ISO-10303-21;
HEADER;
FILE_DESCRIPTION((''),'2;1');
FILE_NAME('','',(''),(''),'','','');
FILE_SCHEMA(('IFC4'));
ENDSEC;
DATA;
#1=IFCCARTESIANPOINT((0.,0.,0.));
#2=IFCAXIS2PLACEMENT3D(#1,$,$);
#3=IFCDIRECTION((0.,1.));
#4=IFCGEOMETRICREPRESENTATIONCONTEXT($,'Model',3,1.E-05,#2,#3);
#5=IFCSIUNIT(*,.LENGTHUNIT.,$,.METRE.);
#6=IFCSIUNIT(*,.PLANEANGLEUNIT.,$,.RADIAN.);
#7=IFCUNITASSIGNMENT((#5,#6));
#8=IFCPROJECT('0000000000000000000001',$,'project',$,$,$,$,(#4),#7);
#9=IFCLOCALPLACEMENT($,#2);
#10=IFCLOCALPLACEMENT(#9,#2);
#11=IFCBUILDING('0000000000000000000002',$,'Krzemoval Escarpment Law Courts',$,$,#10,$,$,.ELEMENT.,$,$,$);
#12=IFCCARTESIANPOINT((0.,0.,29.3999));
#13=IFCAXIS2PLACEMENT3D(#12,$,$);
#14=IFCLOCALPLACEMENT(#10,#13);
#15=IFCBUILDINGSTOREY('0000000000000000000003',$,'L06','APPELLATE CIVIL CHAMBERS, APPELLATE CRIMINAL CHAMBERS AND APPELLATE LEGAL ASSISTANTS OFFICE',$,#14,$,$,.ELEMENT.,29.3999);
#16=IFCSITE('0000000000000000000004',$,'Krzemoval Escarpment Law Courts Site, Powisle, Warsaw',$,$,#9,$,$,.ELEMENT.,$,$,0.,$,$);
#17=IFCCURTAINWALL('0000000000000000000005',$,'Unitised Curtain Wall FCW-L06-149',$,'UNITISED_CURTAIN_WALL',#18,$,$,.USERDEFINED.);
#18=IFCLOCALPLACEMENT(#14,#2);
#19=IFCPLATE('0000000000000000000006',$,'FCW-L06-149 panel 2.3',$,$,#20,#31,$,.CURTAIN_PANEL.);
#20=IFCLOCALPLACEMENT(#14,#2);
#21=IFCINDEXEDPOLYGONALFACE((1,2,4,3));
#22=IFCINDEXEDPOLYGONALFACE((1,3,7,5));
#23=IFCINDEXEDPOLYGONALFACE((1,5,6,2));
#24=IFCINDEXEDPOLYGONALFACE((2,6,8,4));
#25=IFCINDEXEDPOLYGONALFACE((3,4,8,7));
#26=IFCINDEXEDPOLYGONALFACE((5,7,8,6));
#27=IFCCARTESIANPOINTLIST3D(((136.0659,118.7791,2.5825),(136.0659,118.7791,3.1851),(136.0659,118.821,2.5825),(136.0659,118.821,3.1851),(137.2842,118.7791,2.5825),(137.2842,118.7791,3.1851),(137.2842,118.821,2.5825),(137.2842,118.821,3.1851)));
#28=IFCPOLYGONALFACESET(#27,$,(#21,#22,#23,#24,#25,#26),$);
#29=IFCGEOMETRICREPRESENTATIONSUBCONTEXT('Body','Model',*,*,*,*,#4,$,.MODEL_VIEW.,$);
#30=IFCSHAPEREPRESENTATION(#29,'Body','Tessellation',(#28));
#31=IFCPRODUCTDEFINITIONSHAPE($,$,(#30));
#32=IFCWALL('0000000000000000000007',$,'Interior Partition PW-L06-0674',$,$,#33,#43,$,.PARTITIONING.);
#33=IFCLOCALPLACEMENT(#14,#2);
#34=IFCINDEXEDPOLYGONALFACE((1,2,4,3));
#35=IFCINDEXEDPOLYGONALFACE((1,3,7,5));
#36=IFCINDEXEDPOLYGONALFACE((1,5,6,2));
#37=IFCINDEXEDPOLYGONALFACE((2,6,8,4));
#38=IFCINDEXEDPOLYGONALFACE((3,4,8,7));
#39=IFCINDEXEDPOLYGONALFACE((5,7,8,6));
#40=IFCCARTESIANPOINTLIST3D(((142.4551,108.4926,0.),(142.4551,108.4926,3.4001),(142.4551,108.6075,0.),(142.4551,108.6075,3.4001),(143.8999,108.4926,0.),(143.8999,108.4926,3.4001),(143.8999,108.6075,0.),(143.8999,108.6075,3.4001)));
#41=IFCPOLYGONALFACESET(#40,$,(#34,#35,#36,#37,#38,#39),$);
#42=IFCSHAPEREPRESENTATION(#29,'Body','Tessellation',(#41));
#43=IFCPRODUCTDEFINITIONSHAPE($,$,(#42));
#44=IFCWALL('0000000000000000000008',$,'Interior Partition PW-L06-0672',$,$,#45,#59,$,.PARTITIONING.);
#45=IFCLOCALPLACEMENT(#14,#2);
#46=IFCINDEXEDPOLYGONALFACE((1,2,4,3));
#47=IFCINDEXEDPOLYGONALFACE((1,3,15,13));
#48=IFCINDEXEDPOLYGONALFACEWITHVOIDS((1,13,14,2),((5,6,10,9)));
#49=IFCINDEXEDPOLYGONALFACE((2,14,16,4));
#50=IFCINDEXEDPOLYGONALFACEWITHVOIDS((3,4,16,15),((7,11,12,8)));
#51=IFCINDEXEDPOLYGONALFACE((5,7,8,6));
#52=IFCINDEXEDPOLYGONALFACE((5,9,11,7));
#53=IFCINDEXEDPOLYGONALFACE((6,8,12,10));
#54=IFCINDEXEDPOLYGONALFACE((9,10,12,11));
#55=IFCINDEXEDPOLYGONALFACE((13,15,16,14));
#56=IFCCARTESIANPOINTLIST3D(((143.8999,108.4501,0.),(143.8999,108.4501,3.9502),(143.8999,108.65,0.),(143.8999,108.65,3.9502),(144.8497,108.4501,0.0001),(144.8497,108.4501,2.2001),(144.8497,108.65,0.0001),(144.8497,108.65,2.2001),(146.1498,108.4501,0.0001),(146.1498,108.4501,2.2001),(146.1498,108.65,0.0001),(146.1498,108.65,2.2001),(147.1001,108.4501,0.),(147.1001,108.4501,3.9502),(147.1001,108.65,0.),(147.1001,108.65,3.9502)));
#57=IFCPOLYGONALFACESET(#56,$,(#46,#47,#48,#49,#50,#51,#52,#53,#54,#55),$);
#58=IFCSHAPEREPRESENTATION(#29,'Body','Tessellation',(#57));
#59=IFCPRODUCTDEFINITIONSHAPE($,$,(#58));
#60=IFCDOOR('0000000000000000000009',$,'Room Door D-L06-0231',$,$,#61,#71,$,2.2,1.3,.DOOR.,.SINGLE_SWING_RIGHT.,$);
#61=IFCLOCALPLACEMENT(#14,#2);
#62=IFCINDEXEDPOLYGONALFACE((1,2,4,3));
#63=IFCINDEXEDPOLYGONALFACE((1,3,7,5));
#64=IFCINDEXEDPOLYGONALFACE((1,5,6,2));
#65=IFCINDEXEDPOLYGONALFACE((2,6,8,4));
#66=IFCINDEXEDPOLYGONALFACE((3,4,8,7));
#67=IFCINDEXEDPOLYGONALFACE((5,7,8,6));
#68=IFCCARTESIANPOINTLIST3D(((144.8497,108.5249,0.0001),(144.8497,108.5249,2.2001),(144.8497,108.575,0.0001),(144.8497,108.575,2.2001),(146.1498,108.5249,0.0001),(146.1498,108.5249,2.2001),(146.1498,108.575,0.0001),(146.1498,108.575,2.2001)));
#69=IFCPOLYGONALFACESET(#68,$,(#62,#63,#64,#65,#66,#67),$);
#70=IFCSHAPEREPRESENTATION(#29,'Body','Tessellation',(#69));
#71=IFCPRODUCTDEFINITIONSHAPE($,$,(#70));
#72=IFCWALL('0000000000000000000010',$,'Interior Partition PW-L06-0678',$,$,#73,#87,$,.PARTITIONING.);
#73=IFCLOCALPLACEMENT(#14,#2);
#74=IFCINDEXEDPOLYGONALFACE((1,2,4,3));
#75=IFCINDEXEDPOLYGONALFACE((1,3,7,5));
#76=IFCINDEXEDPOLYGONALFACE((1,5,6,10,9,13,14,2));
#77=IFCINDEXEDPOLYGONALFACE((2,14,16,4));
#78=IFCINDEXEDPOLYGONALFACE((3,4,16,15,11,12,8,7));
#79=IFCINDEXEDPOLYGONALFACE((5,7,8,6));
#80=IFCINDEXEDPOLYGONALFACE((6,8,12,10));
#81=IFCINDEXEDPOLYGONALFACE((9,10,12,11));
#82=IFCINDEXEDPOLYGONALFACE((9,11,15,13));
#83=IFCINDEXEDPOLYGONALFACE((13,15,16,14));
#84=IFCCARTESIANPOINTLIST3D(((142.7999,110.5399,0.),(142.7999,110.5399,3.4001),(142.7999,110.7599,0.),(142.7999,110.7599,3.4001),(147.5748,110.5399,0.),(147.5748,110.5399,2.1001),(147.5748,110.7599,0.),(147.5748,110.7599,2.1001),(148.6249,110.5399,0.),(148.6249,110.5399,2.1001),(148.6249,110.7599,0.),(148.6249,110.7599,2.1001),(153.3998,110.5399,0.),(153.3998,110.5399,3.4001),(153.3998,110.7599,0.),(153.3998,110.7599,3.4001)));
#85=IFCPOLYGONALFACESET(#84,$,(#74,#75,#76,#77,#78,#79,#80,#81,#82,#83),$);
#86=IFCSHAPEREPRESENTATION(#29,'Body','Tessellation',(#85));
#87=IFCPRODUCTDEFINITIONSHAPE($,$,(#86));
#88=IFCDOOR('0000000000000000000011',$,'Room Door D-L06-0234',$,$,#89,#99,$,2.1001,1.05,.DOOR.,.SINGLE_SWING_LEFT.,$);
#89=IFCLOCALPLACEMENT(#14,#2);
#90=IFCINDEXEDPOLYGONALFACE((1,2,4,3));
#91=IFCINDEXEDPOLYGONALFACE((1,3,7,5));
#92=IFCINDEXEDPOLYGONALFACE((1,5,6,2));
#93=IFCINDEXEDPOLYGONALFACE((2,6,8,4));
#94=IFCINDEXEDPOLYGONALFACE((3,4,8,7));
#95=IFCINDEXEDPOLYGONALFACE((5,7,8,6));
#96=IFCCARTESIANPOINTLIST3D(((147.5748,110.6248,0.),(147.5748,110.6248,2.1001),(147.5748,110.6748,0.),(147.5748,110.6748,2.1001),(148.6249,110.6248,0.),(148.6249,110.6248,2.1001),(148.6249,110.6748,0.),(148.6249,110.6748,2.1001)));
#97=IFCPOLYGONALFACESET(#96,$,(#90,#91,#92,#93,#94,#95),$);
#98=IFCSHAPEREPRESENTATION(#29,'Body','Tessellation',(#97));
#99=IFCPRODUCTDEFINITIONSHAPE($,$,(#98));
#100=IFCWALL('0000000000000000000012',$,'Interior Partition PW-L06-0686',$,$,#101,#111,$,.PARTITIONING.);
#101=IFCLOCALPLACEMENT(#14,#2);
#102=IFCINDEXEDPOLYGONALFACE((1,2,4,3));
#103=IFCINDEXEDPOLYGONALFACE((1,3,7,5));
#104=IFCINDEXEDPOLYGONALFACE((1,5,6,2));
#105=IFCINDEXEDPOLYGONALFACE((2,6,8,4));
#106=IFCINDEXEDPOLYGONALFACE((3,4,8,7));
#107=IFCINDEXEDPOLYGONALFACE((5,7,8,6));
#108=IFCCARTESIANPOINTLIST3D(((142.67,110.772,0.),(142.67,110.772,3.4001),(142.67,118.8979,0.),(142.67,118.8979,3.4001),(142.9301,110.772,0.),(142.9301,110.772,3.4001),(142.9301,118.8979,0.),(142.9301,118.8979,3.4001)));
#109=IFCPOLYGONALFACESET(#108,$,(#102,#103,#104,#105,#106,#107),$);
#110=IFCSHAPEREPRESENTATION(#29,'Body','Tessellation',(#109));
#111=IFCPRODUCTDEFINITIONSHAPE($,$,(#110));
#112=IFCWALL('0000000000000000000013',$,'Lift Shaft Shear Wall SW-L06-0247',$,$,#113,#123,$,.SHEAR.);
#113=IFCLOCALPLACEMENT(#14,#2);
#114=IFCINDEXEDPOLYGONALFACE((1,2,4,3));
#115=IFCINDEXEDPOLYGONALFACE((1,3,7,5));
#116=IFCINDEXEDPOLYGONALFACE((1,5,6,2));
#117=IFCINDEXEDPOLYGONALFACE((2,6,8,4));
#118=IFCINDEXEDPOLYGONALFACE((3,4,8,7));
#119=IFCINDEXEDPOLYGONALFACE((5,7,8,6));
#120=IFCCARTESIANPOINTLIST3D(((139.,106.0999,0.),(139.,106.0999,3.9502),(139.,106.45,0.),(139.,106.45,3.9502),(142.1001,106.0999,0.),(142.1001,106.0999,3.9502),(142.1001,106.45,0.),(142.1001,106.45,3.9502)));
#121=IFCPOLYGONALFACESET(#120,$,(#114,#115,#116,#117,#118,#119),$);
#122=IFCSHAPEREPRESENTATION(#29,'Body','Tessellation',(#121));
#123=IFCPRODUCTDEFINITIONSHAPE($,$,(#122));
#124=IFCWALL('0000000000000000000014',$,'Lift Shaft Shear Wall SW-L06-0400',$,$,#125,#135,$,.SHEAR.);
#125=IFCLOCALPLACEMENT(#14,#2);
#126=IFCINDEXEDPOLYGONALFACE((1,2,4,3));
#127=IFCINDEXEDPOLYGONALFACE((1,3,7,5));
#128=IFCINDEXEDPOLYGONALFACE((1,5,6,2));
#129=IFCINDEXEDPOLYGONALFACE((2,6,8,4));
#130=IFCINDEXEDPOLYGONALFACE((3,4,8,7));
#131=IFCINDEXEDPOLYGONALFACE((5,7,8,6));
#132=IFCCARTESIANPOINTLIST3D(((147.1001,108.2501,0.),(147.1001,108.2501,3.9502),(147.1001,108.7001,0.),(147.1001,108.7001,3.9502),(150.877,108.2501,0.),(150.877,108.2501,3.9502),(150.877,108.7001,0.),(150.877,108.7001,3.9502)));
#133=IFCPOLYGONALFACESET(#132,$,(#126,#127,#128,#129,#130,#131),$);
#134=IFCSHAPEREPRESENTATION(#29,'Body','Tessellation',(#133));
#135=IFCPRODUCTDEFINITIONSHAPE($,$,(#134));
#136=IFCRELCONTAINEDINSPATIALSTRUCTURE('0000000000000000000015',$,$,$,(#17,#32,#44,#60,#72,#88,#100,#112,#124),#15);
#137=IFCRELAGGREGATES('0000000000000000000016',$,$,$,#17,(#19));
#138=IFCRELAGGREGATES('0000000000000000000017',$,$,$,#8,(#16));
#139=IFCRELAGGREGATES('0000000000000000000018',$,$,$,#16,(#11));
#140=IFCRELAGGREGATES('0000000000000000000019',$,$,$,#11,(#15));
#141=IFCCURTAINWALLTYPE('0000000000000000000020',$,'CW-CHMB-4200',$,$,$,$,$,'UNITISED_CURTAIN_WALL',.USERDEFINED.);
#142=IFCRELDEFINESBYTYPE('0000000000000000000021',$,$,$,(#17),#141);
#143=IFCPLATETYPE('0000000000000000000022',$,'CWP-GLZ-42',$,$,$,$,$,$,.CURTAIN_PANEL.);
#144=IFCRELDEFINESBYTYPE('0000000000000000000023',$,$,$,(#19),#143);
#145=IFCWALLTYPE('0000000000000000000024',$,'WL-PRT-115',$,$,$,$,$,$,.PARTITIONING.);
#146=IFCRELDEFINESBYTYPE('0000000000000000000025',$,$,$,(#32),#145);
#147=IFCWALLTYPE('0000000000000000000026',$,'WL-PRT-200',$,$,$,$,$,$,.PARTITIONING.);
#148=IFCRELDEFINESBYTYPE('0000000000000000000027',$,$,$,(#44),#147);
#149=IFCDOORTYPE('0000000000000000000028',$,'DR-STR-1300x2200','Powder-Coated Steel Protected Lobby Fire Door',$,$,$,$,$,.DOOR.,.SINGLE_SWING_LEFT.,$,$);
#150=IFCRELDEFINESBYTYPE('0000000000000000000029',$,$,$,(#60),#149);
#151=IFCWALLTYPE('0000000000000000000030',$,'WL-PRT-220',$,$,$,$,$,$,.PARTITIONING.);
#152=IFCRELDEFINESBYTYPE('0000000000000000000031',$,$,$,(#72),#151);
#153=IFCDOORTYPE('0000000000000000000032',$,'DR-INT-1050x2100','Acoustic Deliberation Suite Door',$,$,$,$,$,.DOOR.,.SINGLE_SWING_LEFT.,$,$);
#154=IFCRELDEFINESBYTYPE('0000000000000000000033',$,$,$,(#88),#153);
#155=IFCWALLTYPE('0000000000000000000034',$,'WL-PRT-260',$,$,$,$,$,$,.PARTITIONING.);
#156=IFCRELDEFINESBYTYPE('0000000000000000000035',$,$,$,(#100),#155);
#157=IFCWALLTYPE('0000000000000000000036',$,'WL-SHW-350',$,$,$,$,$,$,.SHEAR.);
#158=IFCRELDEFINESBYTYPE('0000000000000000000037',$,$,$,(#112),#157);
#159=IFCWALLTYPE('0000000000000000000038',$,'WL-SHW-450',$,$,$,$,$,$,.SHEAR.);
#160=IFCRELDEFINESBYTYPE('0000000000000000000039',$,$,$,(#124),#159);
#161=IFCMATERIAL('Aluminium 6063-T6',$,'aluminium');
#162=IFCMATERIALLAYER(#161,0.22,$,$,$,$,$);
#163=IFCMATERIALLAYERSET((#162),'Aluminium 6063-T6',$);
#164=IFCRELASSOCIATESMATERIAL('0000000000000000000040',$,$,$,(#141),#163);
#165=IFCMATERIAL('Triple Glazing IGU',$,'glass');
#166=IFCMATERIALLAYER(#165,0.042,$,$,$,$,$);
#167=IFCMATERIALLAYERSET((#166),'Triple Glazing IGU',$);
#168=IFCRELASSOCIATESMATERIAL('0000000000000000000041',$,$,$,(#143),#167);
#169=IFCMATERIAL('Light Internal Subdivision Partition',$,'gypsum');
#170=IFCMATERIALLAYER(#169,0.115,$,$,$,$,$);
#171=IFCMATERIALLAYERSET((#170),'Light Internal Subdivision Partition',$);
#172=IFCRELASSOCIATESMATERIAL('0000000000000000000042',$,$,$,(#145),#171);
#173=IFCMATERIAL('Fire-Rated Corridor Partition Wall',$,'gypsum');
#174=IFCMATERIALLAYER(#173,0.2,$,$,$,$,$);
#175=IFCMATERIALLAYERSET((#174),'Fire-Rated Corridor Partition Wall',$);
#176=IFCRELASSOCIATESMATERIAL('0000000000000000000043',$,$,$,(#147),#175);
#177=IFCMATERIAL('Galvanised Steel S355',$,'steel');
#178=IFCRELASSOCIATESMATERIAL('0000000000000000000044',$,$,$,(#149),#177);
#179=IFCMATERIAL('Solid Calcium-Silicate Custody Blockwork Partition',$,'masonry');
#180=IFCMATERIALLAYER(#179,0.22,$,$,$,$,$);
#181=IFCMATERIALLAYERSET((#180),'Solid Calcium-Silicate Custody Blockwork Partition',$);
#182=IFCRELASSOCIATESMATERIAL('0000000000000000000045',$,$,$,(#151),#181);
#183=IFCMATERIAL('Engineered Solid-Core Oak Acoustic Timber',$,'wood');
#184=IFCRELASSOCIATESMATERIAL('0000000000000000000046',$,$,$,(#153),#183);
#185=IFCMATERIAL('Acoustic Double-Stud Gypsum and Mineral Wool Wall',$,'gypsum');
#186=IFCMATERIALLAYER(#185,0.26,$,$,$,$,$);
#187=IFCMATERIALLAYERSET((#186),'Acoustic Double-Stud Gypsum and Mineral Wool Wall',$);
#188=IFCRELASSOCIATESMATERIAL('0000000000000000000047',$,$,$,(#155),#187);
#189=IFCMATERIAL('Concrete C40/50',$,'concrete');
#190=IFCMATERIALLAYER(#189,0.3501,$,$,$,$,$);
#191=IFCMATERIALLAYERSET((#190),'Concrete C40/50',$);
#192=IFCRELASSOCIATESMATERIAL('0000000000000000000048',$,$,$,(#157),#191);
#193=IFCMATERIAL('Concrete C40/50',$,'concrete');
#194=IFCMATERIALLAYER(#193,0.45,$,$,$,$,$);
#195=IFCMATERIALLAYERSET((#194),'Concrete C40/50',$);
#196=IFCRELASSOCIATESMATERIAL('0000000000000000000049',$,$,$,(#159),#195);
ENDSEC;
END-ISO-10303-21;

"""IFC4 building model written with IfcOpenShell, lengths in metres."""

from ifc_helpers import new_model, si_unit, direction, frame, frame_2d, origin, origin_2d, place, context, subcontext, project, spatial, rectangle, extrude, material, layer, layer_set, type_object, element, fill, aggregate, save


model = new_model("IFC4")

# Units and contexts
model_context = context("Model", 3, precision=1e-05, world=origin(), true_north=direction((0.0, 1.0)))
body_context = subcontext(model_context, "Body", "Model", "MODEL_VIEW")
ifc_project = project(units=[si_unit("LENGTHUNIT", "METRE"), si_unit("PLANEANGLEUNIT", "RADIAN")], contexts=[model_context])

# Site, building, storey
site_placement = place(None, origin())
site = spatial("IfcSite", under=ifc_project, at=site_placement, Name="Krzemoval Escarpment Law Courts Site, Powisle, Warsaw", CompositionType="ELEMENT", RefElevation=0.0)
building_placement = place(site_placement, origin())
building = spatial("IfcBuilding", under=site, at=building_placement, Name="Krzemoval Escarpment Law Courts", CompositionType="ELEMENT")
storey_placement = place(building_placement, frame((0.0, 0.0, 29.3999)))
storey = spatial("IfcBuildingStorey", under=building, at=storey_placement, Name="L06", Description="APPELLATE CIVIL CHAMBERS, APPELLATE CRIMINAL CHAMBERS AND APPELLATE LEGAL ASSISTANTS OFFICE", CompositionType="ELEMENT", Elevation=29.3999)

# Curtain wall, plate
ifc_material_1 = material(Name="Aluminium 6063-T6", Category="aluminium")
ifc_layer_1 = layer(ifc_material_1, 0.22)
ifc_layer_set_1 = layer_set([ifc_layer_1], Name="Aluminium 6063-T6")
curtain_wall_type = type_object("IfcCurtainWallType", Name="CW-CHMB-4200", ElementType="UNITISED_CURTAIN_WALL", PredefinedType="USERDEFINED", material=ifc_layer_set_1)
curtain_wall_placement = place(storey_placement, origin())
curtain_wall = element("IfcCurtainWall", 1, at=curtain_wall_placement, inside=storey, type_object=curtain_wall_type, Name="Unitised Curtain Wall FCW-L06-149", ObjectType="UNITISED_CURTAIN_WALL", PredefinedType="USERDEFINED")
ifc_material_2 = material(Name="Triple Glazing IGU", Category="glass")
ifc_layer_2 = layer(ifc_material_2, 0.042)
ifc_layer_set_2 = layer_set([ifc_layer_2], Name="Triple Glazing IGU")
plate_type = type_object("IfcPlateType", Name="CWP-GLZ-42", PredefinedType="CURTAIN_PANEL", material=ifc_layer_set_2)
plate_1_placement = place(storey_placement, frame((136.675, 118.8, 2.5825), z_axis=(0.0, 0.0, 1.0), x_axis=(1.0, 0.0, 0.0)))
plate_1 = element("IfcPlate", 2, at=plate_1_placement, type_object=plate_type, Name="FCW-L06-149 panel 2.3", PredefinedType="CURTAIN_PANEL", context=body_context, shape_type="SweptSolid", body=[
    extrude(rectangle(XDim=1.2183, YDim=0.042, at=origin_2d()), origin(), (0.0, 0.0, 1.0), 0.6025),
])
aggregate(curtain_wall, [plate_1])

# Wall
ifc_material_3 = material(Name="Light Internal Subdivision Partition", Category="gypsum")
ifc_layer_3 = layer(ifc_material_3, 0.115)
ifc_layer_set_3 = layer_set([ifc_layer_3], Name="Light Internal Subdivision Partition")
wall_type_1 = type_object("IfcWallType", Name="WL-PRT-115", PredefinedType="PARTITIONING", material=ifc_layer_set_3)
wall_1_placement = place(storey_placement, frame((142.4551, 108.55, 0.0), z_axis=(0.0, 0.0, 1.0), x_axis=(1.0, 0.0, 0.0)))
element("IfcWall", 3, at=wall_1_placement, inside=storey, type_object=wall_type_1, Name="Interior Partition PW-L06-0674", PredefinedType="PARTITIONING", context=body_context, shape_type="SweptSolid", body=[
    extrude(rectangle(XDim=1.4448, YDim=0.115, at=frame_2d((0.7224, 0.0))), origin(), (0.0, 0.0, 1.0), 3.4001),
])

# Walls, openings, doors
ifc_material_4 = material(Name="Fire-Rated Corridor Partition Wall", Category="gypsum")
ifc_layer_4 = layer(ifc_material_4, 0.2)
ifc_layer_set_4 = layer_set([ifc_layer_4], Name="Fire-Rated Corridor Partition Wall")
wall_type_2 = type_object("IfcWallType", Name="WL-PRT-200", PredefinedType="PARTITIONING", material=ifc_layer_set_4)
wall_2_placement = place(storey_placement, frame((143.8999, 108.55, 0.0), z_axis=(0.0, 0.0, 1.0), x_axis=(1.0, 0.0, 0.0)))
wall_2 = element("IfcWall", 4, at=wall_2_placement, inside=storey, type_object=wall_type_2, Name="Interior Partition PW-L06-0672", PredefinedType="PARTITIONING", context=body_context, shape_type="SweptSolid", body=[
    extrude(rectangle(XDim=3.2002, YDim=0.2, at=frame_2d((1.6001, 0.0))), origin(), (0.0, 0.0, 1.0), 3.9502),
])
opening_1_placement = place(wall_2_placement, frame((0.95, 0.0, 0.0)))
opening_1 = element("IfcOpeningElement", 5, at=opening_1_placement, cuts=wall_2, PredefinedType="OPENING", context=body_context, shape_type="SweptSolid", body=[
    extrude(rectangle(XDim=1.3, YDim=2.2, at=frame_2d((0.6499, 1.1001))), frame((0.0, 0.115, 0.0), z_axis=(0.0, -1.0, 0.0), x_axis=(1.0, 0.0, 0.0)), (0.0, 0.0, 1.0), 0.2299),
])
ifc_material_5 = material(Name="Galvanised Steel S355", Category="steel")
door_type_1 = type_object("IfcDoorType", Name="DR-STR-1300x2200", Description="Powder-Coated Steel Protected Lobby Fire Door", OperationType="SINGLE_SWING_LEFT", PredefinedType="DOOR", material=ifc_material_5)
door_1_placement = place(opening_1_placement, origin())
door_1 = element("IfcDoor", 6, at=door_1_placement, inside=storey, type_object=door_type_1, Name="Room Door D-L06-0231", OperationType="SINGLE_SWING_RIGHT", OverallHeight=2.2, OverallWidth=1.3, PredefinedType="DOOR", context=body_context, shape_type="SweptSolid", body=[
    extrude(rectangle(XDim=1.3, YDim=2.2, at=frame_2d((0.6499, 1.1001))), frame((0.0, 0.0249, 0.0), z_axis=(0.0, -1.0, 0.0), x_axis=(1.0, 0.0, 0.0)), (0.0, 0.0, 1.0), 0.05),
])
fill(opening_1, door_1)
ifc_material_6 = material(Name="Solid Calcium-Silicate Custody Blockwork Partition", Category="masonry")
ifc_layer_5 = layer(ifc_material_6, 0.22)
ifc_layer_set_5 = layer_set([ifc_layer_5], Name="Solid Calcium-Silicate Custody Blockwork Partition")
wall_type_3 = type_object("IfcWallType", Name="WL-PRT-220", PredefinedType="PARTITIONING", material=ifc_layer_set_5)
wall_3_placement = place(storey_placement, frame((142.8, 110.6499, 0.0), z_axis=(0.0, 0.0, 1.0), x_axis=(1.0, 0.0, 0.0)))
wall_3 = element("IfcWall", 7, at=wall_3_placement, inside=storey, type_object=wall_type_3, Name="Interior Partition PW-L06-0678", PredefinedType="PARTITIONING", context=body_context, shape_type="SweptSolid", body=[
    extrude(rectangle(XDim=10.5999, YDim=0.22, at=frame_2d((5.2998, 0.0))), origin(), (0.0, 0.0, 1.0), 3.4001),
])
opening_2_placement = place(wall_3_placement, frame((4.7749, 0.0, 0.0)))
opening_2 = element("IfcOpeningElement", 8, at=opening_2_placement, cuts=wall_3, PredefinedType="OPENING", context=body_context, shape_type="SweptSolid", body=[
    extrude(rectangle(XDim=1.05, YDim=2.1001, at=frame_2d((0.5249, 1.05))), frame((0.0, 0.125, 0.0), z_axis=(0.0, -1.0, 0.0), x_axis=(1.0, 0.0, 0.0)), (0.0, 0.0, 1.0), 0.25),
])
ifc_material_7 = material(Name="Engineered Solid-Core Oak Acoustic Timber", Category="wood")
door_type_2 = type_object("IfcDoorType", Name="DR-INT-1050x2100", Description="Acoustic Deliberation Suite Door", OperationType="SINGLE_SWING_LEFT", PredefinedType="DOOR", material=ifc_material_7)
door_2_placement = place(opening_2_placement, origin())
door_2 = element("IfcDoor", 9, at=door_2_placement, inside=storey, type_object=door_type_2, Name="Room Door D-L06-0234", OperationType="SINGLE_SWING_LEFT", OverallHeight=2.1001, OverallWidth=1.05, PredefinedType="DOOR", context=body_context, shape_type="SweptSolid", body=[
    extrude(rectangle(XDim=1.05, YDim=2.1001, at=frame_2d((0.5249, 1.05))), frame((0.0, 0.0249, 0.0), z_axis=(0.0, -1.0, 0.0), x_axis=(1.0, 0.0, 0.0)), (0.0, 0.0, 1.0), 0.05),
])
fill(opening_2, door_2)

# Walls
ifc_material_8 = material(Name="Acoustic Double-Stud Gypsum and Mineral Wool Wall", Category="gypsum")
ifc_layer_6 = layer(ifc_material_8, 0.26)
ifc_layer_set_6 = layer_set([ifc_layer_6], Name="Acoustic Double-Stud Gypsum and Mineral Wool Wall")
wall_type_4 = type_object("IfcWallType", Name="WL-PRT-260", PredefinedType="PARTITIONING", material=ifc_layer_set_6)
wall_4_placement = place(storey_placement, frame((142.8, 110.772, 0.0), z_axis=(0.0, 0.0, 1.0), x_axis=(0.0, 1.0, 0.0)))
element("IfcWall", 10, at=wall_4_placement, inside=storey, type_object=wall_type_4, Name="Interior Partition PW-L06-0686", PredefinedType="PARTITIONING", context=body_context, shape_type="SweptSolid", body=[
    extrude(rectangle(XDim=8.126, YDim=0.26, at=frame_2d((4.063, 0.0))), origin(), (0.0, 0.0, 1.0), 3.4001),
])
ifc_material_9 = material(Name="Concrete C40/50", Category="concrete")
ifc_layer_7 = layer(ifc_material_9, 0.3501)
ifc_layer_set_7 = layer_set([ifc_layer_7], Name="Concrete C40/50")
wall_type_5 = type_object("IfcWallType", Name="WL-SHW-350", PredefinedType="SHEAR", material=ifc_layer_set_7)
wall_5_placement = place(storey_placement, frame((139.0, 106.2749, 0.0), z_axis=(0.0, 0.0, 1.0), x_axis=(1.0, 0.0, 0.0)))
element("IfcWall", 11, at=wall_5_placement, inside=storey, type_object=wall_type_5, Name="Lift Shaft Shear Wall SW-L06-0247", PredefinedType="SHEAR", context=body_context, shape_type="SweptSolid", body=[
    extrude(rectangle(XDim=3.1001, YDim=0.3501, at=frame_2d((1.55, 0.0))), origin(), (0.0, 0.0, 1.0), 3.9502),
])

# Wall
ifc_material_10 = material(Name="Concrete C40/50", Category="concrete")
ifc_layer_8 = layer(ifc_material_10, 0.45)
ifc_layer_set_8 = layer_set([ifc_layer_8], Name="Concrete C40/50")
wall_type_6 = type_object("IfcWallType", Name="WL-SHW-450", PredefinedType="SHEAR", material=ifc_layer_set_8)
wall_6_placement = place(storey_placement, frame((147.1001, 108.4751, 0.0), z_axis=(0.0, 0.0, 1.0), x_axis=(1.0, 0.0, 0.0)))
element("IfcWall", 12, at=wall_6_placement, inside=storey, type_object=wall_type_6, Name="Lift Shaft Shear Wall SW-L06-0400", PredefinedType="SHEAR", context=body_context, shape_type="SweptSolid", body=[
    extrude(rectangle(XDim=3.7769, YDim=0.45, at=frame_2d((1.8884, 0.0))), origin(), (0.0, 0.0, 1.0), 3.9502),
])

save(model, "model.ifc")
